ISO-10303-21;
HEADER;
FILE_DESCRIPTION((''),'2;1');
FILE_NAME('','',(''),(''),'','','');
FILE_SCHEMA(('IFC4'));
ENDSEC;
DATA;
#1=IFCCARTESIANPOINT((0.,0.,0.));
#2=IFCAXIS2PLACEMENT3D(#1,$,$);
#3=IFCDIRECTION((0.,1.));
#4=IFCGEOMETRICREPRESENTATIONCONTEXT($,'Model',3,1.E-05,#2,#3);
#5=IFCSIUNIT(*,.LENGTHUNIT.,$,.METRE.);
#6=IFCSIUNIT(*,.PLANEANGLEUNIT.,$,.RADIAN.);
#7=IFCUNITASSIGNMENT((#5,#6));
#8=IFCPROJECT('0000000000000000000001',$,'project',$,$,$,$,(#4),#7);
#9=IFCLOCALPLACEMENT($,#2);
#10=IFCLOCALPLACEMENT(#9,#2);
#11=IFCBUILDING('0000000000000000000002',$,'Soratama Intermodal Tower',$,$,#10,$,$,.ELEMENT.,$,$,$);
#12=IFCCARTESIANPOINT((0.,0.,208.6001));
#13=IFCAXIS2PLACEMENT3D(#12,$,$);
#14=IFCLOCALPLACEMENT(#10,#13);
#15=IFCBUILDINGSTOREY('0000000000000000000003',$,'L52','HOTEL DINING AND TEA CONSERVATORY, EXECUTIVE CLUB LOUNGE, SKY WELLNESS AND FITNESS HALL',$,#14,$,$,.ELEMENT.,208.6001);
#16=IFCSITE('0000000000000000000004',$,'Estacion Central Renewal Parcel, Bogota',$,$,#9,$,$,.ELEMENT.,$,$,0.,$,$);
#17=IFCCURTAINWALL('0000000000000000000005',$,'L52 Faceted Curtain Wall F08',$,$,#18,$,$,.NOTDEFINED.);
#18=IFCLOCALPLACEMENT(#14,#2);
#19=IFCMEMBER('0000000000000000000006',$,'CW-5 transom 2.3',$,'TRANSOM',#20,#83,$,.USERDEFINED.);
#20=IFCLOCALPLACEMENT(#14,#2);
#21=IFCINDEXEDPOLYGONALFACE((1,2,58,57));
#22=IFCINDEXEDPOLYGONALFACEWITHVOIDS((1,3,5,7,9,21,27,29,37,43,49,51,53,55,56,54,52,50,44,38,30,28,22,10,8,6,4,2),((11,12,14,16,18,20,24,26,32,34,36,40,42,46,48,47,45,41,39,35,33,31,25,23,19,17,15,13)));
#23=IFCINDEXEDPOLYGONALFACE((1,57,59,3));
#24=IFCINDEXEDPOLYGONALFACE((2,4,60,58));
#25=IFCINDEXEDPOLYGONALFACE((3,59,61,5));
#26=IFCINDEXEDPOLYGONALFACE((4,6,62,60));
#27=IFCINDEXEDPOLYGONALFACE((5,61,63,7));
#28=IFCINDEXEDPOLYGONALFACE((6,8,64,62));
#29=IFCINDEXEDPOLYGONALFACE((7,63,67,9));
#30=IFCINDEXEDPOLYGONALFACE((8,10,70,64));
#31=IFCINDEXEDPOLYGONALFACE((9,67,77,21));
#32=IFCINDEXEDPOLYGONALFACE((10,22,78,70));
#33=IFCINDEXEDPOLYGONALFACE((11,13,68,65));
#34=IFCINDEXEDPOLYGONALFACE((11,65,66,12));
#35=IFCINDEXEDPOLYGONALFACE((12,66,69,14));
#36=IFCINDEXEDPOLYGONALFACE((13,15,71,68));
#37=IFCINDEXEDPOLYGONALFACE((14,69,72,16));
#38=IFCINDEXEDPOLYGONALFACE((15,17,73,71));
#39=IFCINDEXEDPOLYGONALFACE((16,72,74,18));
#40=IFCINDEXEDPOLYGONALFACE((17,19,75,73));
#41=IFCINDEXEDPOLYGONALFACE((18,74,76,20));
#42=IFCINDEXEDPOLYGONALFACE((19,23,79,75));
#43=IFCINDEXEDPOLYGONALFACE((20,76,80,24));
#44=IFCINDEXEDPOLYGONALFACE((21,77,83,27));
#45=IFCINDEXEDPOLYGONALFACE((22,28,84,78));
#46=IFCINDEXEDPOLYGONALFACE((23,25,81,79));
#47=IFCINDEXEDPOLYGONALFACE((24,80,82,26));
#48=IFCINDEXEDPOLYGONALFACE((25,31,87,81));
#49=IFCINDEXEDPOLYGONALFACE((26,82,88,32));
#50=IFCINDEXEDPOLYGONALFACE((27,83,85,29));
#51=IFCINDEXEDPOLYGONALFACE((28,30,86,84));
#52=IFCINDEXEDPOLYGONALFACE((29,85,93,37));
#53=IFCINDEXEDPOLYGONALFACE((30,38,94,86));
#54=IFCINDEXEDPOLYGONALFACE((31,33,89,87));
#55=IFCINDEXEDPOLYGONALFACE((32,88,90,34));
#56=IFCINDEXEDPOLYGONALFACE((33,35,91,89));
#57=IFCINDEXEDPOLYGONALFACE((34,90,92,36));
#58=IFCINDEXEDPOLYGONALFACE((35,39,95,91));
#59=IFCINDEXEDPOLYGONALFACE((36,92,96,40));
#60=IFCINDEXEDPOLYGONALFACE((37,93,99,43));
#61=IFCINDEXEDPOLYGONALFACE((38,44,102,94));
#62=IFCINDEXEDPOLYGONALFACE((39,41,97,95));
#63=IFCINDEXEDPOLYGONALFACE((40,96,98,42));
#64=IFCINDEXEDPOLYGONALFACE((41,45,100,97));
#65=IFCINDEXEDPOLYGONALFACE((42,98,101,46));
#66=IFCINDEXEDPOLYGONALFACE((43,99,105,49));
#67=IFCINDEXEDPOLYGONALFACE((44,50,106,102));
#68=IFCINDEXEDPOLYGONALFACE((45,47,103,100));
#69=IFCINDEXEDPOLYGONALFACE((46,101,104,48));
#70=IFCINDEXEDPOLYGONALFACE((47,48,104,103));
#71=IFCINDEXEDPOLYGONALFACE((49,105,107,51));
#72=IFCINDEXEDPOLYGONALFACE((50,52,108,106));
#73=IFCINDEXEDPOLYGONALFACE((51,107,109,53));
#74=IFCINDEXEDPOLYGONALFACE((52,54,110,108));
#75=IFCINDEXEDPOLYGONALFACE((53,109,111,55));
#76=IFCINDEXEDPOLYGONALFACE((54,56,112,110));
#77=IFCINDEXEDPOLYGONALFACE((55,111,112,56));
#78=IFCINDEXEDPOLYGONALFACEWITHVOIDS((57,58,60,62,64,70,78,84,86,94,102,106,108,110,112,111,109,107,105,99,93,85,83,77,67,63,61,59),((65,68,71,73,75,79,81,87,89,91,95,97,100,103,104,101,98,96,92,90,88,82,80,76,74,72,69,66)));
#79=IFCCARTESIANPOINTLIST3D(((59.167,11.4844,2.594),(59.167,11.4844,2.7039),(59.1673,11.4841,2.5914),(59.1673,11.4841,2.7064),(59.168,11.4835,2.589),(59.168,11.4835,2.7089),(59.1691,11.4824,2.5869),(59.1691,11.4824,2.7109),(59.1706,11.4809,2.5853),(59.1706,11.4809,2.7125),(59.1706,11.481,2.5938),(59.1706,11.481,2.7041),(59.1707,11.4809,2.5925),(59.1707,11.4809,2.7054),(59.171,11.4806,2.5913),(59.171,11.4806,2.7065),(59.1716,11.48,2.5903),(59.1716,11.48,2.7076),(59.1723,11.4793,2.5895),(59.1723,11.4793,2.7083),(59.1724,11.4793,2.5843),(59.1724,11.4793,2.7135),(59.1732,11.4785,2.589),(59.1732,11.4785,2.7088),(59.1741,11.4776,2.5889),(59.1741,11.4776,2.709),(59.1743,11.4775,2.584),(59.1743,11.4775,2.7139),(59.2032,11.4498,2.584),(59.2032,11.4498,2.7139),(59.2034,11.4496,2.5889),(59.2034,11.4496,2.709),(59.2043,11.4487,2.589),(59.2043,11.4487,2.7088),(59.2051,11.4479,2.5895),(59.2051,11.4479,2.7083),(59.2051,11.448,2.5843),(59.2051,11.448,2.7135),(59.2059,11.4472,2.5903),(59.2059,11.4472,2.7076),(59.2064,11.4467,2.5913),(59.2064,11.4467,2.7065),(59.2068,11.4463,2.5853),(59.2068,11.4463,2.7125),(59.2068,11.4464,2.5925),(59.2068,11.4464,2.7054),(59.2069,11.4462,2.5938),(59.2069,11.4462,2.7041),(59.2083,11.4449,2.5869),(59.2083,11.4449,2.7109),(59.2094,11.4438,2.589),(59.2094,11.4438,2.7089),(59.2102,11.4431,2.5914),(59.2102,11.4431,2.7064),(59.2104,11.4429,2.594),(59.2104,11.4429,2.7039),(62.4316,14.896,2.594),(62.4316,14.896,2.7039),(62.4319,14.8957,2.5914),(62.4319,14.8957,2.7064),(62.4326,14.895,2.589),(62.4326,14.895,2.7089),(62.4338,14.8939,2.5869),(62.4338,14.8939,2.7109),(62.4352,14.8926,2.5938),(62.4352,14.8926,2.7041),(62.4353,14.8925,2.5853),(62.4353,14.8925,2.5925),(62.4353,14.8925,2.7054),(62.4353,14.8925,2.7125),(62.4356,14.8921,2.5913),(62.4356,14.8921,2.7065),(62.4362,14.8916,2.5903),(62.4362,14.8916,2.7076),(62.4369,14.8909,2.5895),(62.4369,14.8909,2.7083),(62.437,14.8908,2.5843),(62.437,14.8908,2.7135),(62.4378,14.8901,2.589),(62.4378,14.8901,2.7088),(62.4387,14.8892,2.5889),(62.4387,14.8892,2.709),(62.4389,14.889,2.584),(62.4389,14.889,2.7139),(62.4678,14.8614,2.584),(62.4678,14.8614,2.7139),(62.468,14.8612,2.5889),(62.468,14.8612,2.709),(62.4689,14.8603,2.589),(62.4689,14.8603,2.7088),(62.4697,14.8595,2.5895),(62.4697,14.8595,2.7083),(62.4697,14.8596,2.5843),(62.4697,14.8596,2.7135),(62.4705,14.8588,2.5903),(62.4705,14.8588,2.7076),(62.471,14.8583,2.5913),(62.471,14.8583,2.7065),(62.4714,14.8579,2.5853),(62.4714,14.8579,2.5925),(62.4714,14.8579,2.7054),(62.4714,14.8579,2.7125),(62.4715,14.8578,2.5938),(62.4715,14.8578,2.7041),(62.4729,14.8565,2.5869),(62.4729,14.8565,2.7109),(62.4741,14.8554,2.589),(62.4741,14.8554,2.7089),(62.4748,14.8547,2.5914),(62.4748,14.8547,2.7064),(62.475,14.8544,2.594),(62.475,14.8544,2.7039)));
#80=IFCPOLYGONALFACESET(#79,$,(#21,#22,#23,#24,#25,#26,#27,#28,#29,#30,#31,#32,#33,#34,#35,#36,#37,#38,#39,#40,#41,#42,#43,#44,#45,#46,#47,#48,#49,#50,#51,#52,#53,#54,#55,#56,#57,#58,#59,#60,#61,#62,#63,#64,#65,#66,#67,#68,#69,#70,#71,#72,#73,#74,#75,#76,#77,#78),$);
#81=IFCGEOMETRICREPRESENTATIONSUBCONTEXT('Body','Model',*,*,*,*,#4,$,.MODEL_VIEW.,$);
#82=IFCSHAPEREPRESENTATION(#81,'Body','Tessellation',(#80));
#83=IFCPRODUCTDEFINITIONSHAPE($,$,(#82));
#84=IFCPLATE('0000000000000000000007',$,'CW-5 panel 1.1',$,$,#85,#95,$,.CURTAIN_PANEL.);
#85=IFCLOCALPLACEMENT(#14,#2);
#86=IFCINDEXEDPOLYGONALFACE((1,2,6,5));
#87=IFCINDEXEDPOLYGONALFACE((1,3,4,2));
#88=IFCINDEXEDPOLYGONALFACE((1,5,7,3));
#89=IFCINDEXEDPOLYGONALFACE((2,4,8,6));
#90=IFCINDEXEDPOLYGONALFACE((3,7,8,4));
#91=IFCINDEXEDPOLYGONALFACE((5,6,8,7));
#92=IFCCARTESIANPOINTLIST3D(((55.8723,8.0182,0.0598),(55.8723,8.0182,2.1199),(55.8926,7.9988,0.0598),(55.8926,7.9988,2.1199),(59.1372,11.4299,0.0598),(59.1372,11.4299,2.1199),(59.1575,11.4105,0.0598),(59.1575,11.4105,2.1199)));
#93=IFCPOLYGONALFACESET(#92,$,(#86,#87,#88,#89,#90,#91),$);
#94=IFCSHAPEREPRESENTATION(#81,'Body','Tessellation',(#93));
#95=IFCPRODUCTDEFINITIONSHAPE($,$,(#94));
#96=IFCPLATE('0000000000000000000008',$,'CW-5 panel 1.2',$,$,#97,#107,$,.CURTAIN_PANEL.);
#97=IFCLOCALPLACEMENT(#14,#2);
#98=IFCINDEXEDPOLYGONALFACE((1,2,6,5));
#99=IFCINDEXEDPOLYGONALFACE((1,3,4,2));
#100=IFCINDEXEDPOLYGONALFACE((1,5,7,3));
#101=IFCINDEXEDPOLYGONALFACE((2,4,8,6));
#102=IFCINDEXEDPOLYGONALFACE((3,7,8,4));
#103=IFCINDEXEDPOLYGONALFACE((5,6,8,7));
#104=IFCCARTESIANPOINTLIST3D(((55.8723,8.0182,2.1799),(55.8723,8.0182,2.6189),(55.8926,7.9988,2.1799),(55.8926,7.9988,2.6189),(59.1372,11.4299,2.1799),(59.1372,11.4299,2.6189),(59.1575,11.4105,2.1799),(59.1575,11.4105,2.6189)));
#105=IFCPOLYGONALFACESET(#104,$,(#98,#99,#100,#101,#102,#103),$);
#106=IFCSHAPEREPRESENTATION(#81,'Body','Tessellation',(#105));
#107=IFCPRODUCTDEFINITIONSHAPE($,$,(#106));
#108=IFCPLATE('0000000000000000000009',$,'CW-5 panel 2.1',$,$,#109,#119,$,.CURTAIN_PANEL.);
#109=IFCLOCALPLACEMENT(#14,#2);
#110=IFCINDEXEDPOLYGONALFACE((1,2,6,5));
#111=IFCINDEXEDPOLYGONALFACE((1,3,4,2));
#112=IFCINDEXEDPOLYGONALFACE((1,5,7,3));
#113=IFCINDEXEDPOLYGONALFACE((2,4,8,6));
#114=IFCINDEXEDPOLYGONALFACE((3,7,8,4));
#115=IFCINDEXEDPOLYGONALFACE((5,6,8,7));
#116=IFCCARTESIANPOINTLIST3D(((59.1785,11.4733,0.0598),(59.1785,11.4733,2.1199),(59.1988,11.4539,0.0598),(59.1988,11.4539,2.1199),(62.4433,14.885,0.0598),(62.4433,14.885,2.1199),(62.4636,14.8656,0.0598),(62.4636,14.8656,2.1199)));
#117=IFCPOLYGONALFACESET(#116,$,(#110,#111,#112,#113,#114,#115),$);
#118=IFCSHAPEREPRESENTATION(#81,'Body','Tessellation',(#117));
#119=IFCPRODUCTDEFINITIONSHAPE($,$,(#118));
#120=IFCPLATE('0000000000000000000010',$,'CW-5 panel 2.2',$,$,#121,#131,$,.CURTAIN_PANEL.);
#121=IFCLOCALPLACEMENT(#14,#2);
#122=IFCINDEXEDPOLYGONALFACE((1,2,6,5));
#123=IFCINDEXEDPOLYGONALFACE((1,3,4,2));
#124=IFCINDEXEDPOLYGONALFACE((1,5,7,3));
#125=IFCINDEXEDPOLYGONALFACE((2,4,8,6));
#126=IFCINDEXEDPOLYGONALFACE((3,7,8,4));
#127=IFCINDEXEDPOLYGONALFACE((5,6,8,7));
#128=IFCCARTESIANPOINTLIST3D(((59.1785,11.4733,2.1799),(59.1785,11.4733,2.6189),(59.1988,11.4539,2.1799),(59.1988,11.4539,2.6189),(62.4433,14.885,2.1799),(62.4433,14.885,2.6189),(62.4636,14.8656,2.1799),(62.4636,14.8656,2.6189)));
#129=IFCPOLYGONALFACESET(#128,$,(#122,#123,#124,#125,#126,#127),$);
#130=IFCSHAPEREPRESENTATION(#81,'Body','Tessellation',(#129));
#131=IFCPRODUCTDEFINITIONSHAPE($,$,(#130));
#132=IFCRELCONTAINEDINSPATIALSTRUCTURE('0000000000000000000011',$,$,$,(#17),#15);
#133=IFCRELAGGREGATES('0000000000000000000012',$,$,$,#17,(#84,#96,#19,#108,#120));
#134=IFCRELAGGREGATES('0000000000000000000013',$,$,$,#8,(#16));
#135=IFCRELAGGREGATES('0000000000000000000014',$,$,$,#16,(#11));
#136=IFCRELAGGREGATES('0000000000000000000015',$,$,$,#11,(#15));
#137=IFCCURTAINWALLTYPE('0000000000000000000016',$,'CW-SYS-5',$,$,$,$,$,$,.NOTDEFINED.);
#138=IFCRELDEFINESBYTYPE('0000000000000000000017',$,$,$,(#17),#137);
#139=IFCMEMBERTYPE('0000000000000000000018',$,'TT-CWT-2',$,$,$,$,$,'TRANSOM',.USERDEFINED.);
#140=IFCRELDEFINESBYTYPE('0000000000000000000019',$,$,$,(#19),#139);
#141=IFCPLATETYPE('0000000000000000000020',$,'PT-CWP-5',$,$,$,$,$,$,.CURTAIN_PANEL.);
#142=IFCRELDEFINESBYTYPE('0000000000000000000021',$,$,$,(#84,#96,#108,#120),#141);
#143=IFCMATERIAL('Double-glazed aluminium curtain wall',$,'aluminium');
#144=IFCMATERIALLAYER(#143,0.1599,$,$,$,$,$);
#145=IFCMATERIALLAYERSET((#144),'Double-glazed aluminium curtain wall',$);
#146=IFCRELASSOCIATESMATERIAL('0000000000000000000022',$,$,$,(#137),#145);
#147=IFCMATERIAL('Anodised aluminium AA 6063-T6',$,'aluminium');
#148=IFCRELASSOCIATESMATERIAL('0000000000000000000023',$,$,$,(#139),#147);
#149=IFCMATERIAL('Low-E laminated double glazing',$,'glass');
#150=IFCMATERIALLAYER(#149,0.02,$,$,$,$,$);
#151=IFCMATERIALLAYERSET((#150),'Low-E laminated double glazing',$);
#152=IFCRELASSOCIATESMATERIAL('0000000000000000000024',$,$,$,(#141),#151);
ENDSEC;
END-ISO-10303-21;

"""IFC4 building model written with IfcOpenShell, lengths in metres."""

from ifc_helpers import new_model, si_unit, direction, frame, origin, origin_2d, place, context, subcontext, project, spatial, rectangle, hollow_rectangle, extrude, material, layer, layer_set, material_profile, profile_set, type_object, element, aggregate, save


model = new_model("IFC4")

# Units and contexts
model_context = context("Model", 3, precision=1e-05, world=origin(), true_north=direction((0.0, 1.0)))
body_context = subcontext(model_context, "Body", "Model", "MODEL_VIEW")
ifc_project = project(units=[si_unit("LENGTHUNIT", "METRE"), si_unit("PLANEANGLEUNIT", "RADIAN")], contexts=[model_context])

# Site, building, storey
site_placement = place(None, origin())
site = spatial("IfcSite", under=ifc_project, at=site_placement, Name="Estacion Central Renewal Parcel, Bogota", CompositionType="ELEMENT", RefElevation=0.0)
building_placement = place(site_placement, origin())
building = spatial("IfcBuilding", under=site, at=building_placement, Name="Soratama Intermodal Tower", CompositionType="ELEMENT")
storey_placement = place(building_placement, frame((0.0, 0.0, 208.6001)))
storey = spatial("IfcBuildingStorey", under=building, at=storey_placement, Name="L52", Description="HOTEL DINING AND TEA CONSERVATORY, EXECUTIVE CLUB LOUNGE, SKY WELLNESS AND FITNESS HALL", CompositionType="ELEMENT", Elevation=208.6001)

# Curtain wall, member, plates
ifc_material_1 = material(Name="Double-glazed aluminium curtain wall", Category="aluminium")
ifc_layer_1 = layer(ifc_material_1, 0.1599)
ifc_layer_set_1 = layer_set([ifc_layer_1], Name="Double-glazed aluminium curtain wall")
curtain_wall_type = type_object("IfcCurtainWallType", Name="CW-SYS-5", PredefinedType="NOTDEFINED", material=ifc_layer_set_1)
curtain_wall_placement = place(storey_placement, origin())
curtain_wall = element("IfcCurtainWall", 1, at=curtain_wall_placement, inside=storey, type_object=curtain_wall_type, Name="L52 Faceted Curtain Wall F08", PredefinedType="NOTDEFINED")
ifc_material_2 = material(Name="Anodised aluminium AA 6063-T6", Category="aluminium")
ifc_material_profile_1 = material_profile(ifc_material_2, hollow_rectangle(XDim=0.0601, YDim=0.1299, WallThickness=0.0049, InnerFilletRadius=0.0049, OuterFilletRadius=0.01, at=origin_2d()), Name="CWT130X60X5")
ifc_profile_set_1 = profile_set([ifc_material_profile_1], Name="Anodised aluminium AA 6063-T6")
member_type_1 = type_object("IfcMemberType", Name="TT-CWT-2", ElementType="TRANSOM", PredefinedType="USERDEFINED", material=ifc_profile_set_1)
member_1_placement = place(storey_placement, frame((59.1887, 11.4636, 2.6489), z_axis=(0.691373, 0.722498, 0.0), x_axis=(-0.722498, 0.691373, 0.0)))
member_1 = element("IfcMember", 2, at=member_1_placement, type_object=member_type_1, Name="CW-5 transom 2.3", ObjectType="TRANSOM", PredefinedType="USERDEFINED", context=body_context, shape_type="SweptSolid", body=[
    extrude(hollow_rectangle(XDim=0.0601, YDim=0.1299, WallThickness=0.0049, InnerFilletRadius=0.0049, OuterFilletRadius=0.01, at=origin_2d()), origin(), (0.0, 0.0, 1.0), 4.7219),
])
ifc_material_3 = material(Name="Low-E laminated double glazing", Category="glass")
ifc_layer_2 = layer(ifc_material_3, 0.02)
ifc_layer_set_2 = layer_set([ifc_layer_2], Name="Low-E laminated double glazing")
plate_type = type_object("IfcPlateType", Name="PT-CWP-5", PredefinedType="CURTAIN_PANEL", material=ifc_layer_set_2)
plate_1_placement = place(storey_placement, frame((57.5149, 9.7144, 0.0598), z_axis=(0.0, 0.0, 1.0), x_axis=(0.691386, 0.722485, 0.0)))
plate_1 = element("IfcPlate", 3, at=plate_1_placement, type_object=plate_type, Name="CW-5 panel 1.1", PredefinedType="CURTAIN_PANEL", context=body_context, shape_type="SweptSolid", body=[
    extrude(rectangle(XDim=4.7222, YDim=0.0281, at=origin_2d()), origin(), (0.0, 0.0, 1.0), 2.0601),
])
plate_2_placement = place(storey_placement, frame((57.5149, 9.7144, 2.1799), z_axis=(0.0, 0.0, 1.0), x_axis=(0.691386, 0.722485, 0.0)))
plate_2 = element("IfcPlate", 4, at=plate_2_placement, type_object=plate_type, Name="CW-5 panel 1.2", PredefinedType="CURTAIN_PANEL", context=body_context, shape_type="SweptSolid", body=[
    extrude(rectangle(XDim=4.7222, YDim=0.0281, at=origin_2d()), origin(), (0.0, 0.0, 1.0), 0.439),
])
plate_3_placement = place(storey_placement, frame((60.821, 13.1694, 0.0598), z_axis=(0.0, 0.0, 1.0), x_axis=(0.691386, 0.722485, 0.0)))
plate_3 = element("IfcPlate", 5, at=plate_3_placement, type_object=plate_type, Name="CW-5 panel 2.1", PredefinedType="CURTAIN_PANEL", context=body_context, shape_type="SweptSolid", body=[
    extrude(rectangle(XDim=4.7222, YDim=0.0281, at=origin_2d()), origin(), (0.0, 0.0, 1.0), 2.0601),
])
plate_4_placement = place(storey_placement, frame((60.821, 13.1694, 2.1799), z_axis=(0.0, 0.0, 1.0), x_axis=(0.691386, 0.722485, 0.0)))
plate_4 = element("IfcPlate", 6, at=plate_4_placement, type_object=plate_type, Name="CW-5 panel 2.2", PredefinedType="CURTAIN_PANEL", context=body_context, shape_type="SweptSolid", body=[
    extrude(rectangle(XDim=4.7222, YDim=0.0281, at=origin_2d()), origin(), (0.0, 0.0, 1.0), 0.439),
])
aggregate(curtain_wall, [plate_1, plate_2, member_1, plate_3, plate_4])

save(model, "model.ifc")
